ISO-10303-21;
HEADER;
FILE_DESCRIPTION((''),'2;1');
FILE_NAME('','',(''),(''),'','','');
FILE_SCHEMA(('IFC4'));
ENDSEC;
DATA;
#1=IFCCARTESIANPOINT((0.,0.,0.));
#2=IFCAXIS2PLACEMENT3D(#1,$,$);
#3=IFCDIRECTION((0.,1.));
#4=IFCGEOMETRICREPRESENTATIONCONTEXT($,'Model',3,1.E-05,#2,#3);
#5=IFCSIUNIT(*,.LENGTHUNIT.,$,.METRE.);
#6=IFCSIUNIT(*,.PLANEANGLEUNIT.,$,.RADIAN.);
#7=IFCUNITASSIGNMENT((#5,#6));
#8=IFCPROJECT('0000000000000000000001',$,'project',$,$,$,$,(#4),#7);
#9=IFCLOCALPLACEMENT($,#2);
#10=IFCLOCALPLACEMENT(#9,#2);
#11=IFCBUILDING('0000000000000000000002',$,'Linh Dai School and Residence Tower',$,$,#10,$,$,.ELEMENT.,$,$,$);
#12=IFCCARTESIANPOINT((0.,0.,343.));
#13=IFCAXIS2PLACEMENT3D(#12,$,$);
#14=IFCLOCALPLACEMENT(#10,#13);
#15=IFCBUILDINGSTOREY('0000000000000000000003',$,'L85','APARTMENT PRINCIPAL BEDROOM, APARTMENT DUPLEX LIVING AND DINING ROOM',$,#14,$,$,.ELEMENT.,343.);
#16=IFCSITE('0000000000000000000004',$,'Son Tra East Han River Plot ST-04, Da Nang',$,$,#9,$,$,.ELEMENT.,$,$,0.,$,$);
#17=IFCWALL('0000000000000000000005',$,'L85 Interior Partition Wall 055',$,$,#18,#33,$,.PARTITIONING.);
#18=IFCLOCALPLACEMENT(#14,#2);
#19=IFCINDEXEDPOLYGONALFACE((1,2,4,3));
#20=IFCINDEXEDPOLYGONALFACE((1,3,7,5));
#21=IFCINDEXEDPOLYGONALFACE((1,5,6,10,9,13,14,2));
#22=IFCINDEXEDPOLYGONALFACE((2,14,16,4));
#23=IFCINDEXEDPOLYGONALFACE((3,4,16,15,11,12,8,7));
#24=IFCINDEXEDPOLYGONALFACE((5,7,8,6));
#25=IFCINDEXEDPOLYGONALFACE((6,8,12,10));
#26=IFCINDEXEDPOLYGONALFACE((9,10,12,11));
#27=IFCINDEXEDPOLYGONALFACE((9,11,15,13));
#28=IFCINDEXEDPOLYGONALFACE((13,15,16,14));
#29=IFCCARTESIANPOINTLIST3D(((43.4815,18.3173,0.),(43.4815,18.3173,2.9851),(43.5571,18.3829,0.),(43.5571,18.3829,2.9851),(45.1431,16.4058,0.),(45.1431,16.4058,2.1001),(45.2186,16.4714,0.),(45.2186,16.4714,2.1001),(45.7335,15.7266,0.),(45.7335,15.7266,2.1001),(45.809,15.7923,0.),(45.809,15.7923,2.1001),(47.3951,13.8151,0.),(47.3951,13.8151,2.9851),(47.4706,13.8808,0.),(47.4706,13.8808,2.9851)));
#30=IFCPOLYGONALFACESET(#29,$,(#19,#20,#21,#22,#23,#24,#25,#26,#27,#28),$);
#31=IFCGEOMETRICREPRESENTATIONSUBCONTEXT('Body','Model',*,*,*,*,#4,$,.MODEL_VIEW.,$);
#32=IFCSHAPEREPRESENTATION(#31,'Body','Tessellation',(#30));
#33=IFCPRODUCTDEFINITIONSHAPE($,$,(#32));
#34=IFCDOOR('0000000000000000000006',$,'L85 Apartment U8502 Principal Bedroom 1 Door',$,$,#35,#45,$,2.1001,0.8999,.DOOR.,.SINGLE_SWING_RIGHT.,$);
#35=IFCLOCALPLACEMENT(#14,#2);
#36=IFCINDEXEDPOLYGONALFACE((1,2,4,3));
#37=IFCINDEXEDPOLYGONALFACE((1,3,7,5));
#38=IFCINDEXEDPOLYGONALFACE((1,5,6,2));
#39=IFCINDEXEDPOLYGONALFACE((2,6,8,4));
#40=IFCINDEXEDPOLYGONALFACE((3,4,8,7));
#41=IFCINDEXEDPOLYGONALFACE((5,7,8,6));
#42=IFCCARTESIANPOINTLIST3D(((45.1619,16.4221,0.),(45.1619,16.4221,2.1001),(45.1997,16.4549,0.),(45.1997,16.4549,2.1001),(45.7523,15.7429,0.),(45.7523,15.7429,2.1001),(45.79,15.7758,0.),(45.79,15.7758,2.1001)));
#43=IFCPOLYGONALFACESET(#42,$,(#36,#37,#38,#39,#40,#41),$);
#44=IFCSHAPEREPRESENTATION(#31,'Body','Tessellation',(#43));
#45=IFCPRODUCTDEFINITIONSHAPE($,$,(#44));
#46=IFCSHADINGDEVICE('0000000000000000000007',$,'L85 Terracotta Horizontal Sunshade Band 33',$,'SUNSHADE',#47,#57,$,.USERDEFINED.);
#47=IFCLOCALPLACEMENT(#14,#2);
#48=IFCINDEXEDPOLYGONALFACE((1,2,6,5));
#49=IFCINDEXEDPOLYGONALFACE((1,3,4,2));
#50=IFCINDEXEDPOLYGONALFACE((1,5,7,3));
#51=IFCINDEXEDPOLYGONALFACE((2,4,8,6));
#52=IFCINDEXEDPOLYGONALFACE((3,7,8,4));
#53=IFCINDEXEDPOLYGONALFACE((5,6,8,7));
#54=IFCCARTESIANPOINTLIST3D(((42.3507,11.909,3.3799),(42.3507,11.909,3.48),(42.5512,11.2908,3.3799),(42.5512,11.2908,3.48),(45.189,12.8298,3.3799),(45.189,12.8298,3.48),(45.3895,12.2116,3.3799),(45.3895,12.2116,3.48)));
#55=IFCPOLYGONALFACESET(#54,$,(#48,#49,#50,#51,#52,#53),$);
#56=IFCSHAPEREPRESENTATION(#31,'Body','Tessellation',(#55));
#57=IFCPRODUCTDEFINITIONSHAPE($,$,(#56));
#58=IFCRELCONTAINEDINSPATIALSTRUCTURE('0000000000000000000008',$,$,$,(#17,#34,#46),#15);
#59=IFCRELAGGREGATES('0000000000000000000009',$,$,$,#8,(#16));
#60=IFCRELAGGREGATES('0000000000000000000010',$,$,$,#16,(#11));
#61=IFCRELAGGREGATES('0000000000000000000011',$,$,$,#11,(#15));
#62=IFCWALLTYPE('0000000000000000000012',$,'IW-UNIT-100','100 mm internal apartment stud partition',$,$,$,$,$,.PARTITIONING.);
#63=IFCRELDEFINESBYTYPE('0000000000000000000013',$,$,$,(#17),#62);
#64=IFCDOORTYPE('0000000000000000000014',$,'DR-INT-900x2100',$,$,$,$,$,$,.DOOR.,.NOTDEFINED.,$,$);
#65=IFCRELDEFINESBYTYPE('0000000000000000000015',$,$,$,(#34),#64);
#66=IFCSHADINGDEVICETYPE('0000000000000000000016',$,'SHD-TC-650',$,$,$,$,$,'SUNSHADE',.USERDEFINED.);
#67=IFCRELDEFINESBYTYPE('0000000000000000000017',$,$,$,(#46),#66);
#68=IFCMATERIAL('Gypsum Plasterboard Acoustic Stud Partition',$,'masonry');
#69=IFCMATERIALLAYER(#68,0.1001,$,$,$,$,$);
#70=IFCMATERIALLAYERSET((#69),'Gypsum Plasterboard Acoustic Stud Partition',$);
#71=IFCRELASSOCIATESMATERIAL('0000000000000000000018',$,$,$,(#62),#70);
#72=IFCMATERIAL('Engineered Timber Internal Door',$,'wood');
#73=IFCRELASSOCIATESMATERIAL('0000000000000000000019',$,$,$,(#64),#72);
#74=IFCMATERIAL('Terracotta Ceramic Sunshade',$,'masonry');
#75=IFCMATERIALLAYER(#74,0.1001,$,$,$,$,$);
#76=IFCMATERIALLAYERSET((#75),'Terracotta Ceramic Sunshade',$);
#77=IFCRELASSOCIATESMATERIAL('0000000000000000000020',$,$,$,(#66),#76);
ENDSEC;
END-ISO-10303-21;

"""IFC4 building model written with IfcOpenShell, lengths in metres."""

from ifc_helpers import new_model, si_unit, direction, frame, frame_2d, origin, origin_2d, place, context, subcontext, project, spatial, rectangle, extrude, source, transform, mapped, material, layer, layer_set, type_object, element, fill, save


model = new_model("IFC4")

# Units and contexts
model_context = context("Model", 3, precision=1e-05, world=origin(), true_north=direction((0.0, 1.0)))
body_context = subcontext(model_context, "Body", "Model", "MODEL_VIEW")
ifc_project = project(units=[si_unit("LENGTHUNIT", "METRE"), si_unit("PLANEANGLEUNIT", "RADIAN")], contexts=[model_context])

# Site, building, storey
site_placement = place(None, origin())
site = spatial("IfcSite", under=ifc_project, at=site_placement, Name="Son Tra East Han River Plot ST-04, Da Nang", CompositionType="ELEMENT", RefElevation=0.0)
building_placement = place(site_placement, origin())
building = spatial("IfcBuilding", under=site, at=building_placement, Name="Linh Dai School and Residence Tower", CompositionType="ELEMENT")
storey_placement = place(building_placement, frame((0.0, 0.0, 343.0)))
storey = spatial("IfcBuildingStorey", under=building, at=storey_placement, Name="L85", Description="APARTMENT PRINCIPAL BEDROOM, APARTMENT DUPLEX LIVING AND DINING ROOM", CompositionType="ELEMENT", Elevation=343.0)

# Wall, opening, door
ifc_material_1 = material(Name="Gypsum Plasterboard Acoustic Stud Partition", Category="masonry")
ifc_layer_1 = layer(ifc_material_1, 0.1001)
ifc_layer_set_1 = layer_set([ifc_layer_1], Name="Gypsum Plasterboard Acoustic Stud Partition")
wall_type_1 = type_object("IfcWallType", Name="IW-UNIT-100", Description="100 mm internal apartment stud partition", PredefinedType="PARTITIONING", material=ifc_layer_set_1)
wall_1_placement = place(storey_placement, frame((43.5193, 18.3501, 0.0), z_axis=(0.0, 0.0, 1.0), x_axis=(0.656047, -0.75472, 0.0)))
wall_1 = element("IfcWall", 1, at=wall_1_placement, inside=storey, type_object=wall_type_1, Name="L85 Interior Partition Wall 055", PredefinedType="PARTITIONING", context=body_context, shape_type="SweptSolid", body=[
    extrude(rectangle(XDim=5.9653, YDim=0.1001, at=frame_2d((2.9827, 0.0))), origin(), (0.0, 0.0, 1.0), 2.9851),
])
opening_1_placement = place(wall_1_placement, frame((2.5327, 0.0, 0.0)))
opening_1 = element("IfcOpeningElement", 2, at=opening_1_placement, cuts=wall_1, PredefinedType="OPENING", context=body_context, shape_type="SweptSolid", body=[
    extrude(rectangle(XDim=0.8999, YDim=2.1001, at=origin_2d()), frame((0.45, 0.0601, 1.05), z_axis=(0.0, -1.0, 0.0), x_axis=(1.0, 0.0, 0.0)), (0.0, 0.0, 1.0), 0.1201),
])
ifc_material_2 = material(Name="Engineered Timber Internal Door", Category="wood")
door_type_1 = type_object("IfcDoorType", Name="DR-INT-900x2100", OperationType="NOTDEFINED", PredefinedType="DOOR", material=ifc_material_2)
shared_shape_1 = source(origin(), body_context, "Body", "SweptSolid", [
    extrude(rectangle(XDim=0.8999, YDim=2.1001, at=origin_2d()), frame((0.45, 0.0249, 1.05), z_axis=(0.0, -1.0, 0.0), x_axis=(1.0, 0.0, 0.0)), (0.0, 0.0, 1.0), 0.05),
])
door_1_placement = place(opening_1_placement, origin())
door_1 = element("IfcDoor", 3, at=door_1_placement, inside=storey, type_object=door_type_1, Name="L85 Apartment U8502 Principal Bedroom 1 Door", OperationType="SINGLE_SWING_RIGHT", OverallHeight=2.1001, OverallWidth=0.8999, PredefinedType="DOOR", context=body_context, shape_type="MappedRepresentation", body=[
    mapped(shared_shape_1, transform((0.0, 0.0, 0.0), x_axis=(1.0, 0.0, 0.0), y_axis=(0.0, 1.0, 0.0), z_axis=(0.0, 0.0, 1.0), scale=1.0)),
])
fill(opening_1, door_1)

# Shading device
ifc_material_3 = material(Name="Terracotta Ceramic Sunshade", Category="masonry")
ifc_layer_2 = layer(ifc_material_3, 0.1001)
ifc_layer_set_2 = layer_set([ifc_layer_2], Name="Terracotta Ceramic Sunshade")
shading_device_type = type_object("IfcShadingDeviceType", Name="SHD-TC-650", ElementType="SUNSHADE", PredefinedType="USERDEFINED", material=ifc_layer_set_2)
shared_shape_2 = source(origin(), body_context, "Body", "SweptSolid", [
    extrude(rectangle(XDim=2.9839, YDim=0.6499, at=origin_2d()), origin(), (0.0, 0.0, 1.0), 0.1001),
])
shading_device_placement = place(storey_placement, frame((43.8701, 12.0603, 3.3799), z_axis=(0.0, 0.0, 1.0), x_axis=(-0.951203, -0.308565, 0.0)))
element("IfcShadingDevice", 4, at=shading_device_placement, inside=storey, type_object=shading_device_type, Name="L85 Terracotta Horizontal Sunshade Band 33", ObjectType="SUNSHADE", PredefinedType="USERDEFINED", context=body_context, shape_type="MappedRepresentation", body=[
    mapped(shared_shape_2, transform((0.0, 0.0, 0.0), x_axis=(1.0, 0.0, 0.0), y_axis=(0.0, 1.0, 0.0), z_axis=(0.0, 0.0, 1.0), scale=1.0)),
])

save(model, "model.ifc")
